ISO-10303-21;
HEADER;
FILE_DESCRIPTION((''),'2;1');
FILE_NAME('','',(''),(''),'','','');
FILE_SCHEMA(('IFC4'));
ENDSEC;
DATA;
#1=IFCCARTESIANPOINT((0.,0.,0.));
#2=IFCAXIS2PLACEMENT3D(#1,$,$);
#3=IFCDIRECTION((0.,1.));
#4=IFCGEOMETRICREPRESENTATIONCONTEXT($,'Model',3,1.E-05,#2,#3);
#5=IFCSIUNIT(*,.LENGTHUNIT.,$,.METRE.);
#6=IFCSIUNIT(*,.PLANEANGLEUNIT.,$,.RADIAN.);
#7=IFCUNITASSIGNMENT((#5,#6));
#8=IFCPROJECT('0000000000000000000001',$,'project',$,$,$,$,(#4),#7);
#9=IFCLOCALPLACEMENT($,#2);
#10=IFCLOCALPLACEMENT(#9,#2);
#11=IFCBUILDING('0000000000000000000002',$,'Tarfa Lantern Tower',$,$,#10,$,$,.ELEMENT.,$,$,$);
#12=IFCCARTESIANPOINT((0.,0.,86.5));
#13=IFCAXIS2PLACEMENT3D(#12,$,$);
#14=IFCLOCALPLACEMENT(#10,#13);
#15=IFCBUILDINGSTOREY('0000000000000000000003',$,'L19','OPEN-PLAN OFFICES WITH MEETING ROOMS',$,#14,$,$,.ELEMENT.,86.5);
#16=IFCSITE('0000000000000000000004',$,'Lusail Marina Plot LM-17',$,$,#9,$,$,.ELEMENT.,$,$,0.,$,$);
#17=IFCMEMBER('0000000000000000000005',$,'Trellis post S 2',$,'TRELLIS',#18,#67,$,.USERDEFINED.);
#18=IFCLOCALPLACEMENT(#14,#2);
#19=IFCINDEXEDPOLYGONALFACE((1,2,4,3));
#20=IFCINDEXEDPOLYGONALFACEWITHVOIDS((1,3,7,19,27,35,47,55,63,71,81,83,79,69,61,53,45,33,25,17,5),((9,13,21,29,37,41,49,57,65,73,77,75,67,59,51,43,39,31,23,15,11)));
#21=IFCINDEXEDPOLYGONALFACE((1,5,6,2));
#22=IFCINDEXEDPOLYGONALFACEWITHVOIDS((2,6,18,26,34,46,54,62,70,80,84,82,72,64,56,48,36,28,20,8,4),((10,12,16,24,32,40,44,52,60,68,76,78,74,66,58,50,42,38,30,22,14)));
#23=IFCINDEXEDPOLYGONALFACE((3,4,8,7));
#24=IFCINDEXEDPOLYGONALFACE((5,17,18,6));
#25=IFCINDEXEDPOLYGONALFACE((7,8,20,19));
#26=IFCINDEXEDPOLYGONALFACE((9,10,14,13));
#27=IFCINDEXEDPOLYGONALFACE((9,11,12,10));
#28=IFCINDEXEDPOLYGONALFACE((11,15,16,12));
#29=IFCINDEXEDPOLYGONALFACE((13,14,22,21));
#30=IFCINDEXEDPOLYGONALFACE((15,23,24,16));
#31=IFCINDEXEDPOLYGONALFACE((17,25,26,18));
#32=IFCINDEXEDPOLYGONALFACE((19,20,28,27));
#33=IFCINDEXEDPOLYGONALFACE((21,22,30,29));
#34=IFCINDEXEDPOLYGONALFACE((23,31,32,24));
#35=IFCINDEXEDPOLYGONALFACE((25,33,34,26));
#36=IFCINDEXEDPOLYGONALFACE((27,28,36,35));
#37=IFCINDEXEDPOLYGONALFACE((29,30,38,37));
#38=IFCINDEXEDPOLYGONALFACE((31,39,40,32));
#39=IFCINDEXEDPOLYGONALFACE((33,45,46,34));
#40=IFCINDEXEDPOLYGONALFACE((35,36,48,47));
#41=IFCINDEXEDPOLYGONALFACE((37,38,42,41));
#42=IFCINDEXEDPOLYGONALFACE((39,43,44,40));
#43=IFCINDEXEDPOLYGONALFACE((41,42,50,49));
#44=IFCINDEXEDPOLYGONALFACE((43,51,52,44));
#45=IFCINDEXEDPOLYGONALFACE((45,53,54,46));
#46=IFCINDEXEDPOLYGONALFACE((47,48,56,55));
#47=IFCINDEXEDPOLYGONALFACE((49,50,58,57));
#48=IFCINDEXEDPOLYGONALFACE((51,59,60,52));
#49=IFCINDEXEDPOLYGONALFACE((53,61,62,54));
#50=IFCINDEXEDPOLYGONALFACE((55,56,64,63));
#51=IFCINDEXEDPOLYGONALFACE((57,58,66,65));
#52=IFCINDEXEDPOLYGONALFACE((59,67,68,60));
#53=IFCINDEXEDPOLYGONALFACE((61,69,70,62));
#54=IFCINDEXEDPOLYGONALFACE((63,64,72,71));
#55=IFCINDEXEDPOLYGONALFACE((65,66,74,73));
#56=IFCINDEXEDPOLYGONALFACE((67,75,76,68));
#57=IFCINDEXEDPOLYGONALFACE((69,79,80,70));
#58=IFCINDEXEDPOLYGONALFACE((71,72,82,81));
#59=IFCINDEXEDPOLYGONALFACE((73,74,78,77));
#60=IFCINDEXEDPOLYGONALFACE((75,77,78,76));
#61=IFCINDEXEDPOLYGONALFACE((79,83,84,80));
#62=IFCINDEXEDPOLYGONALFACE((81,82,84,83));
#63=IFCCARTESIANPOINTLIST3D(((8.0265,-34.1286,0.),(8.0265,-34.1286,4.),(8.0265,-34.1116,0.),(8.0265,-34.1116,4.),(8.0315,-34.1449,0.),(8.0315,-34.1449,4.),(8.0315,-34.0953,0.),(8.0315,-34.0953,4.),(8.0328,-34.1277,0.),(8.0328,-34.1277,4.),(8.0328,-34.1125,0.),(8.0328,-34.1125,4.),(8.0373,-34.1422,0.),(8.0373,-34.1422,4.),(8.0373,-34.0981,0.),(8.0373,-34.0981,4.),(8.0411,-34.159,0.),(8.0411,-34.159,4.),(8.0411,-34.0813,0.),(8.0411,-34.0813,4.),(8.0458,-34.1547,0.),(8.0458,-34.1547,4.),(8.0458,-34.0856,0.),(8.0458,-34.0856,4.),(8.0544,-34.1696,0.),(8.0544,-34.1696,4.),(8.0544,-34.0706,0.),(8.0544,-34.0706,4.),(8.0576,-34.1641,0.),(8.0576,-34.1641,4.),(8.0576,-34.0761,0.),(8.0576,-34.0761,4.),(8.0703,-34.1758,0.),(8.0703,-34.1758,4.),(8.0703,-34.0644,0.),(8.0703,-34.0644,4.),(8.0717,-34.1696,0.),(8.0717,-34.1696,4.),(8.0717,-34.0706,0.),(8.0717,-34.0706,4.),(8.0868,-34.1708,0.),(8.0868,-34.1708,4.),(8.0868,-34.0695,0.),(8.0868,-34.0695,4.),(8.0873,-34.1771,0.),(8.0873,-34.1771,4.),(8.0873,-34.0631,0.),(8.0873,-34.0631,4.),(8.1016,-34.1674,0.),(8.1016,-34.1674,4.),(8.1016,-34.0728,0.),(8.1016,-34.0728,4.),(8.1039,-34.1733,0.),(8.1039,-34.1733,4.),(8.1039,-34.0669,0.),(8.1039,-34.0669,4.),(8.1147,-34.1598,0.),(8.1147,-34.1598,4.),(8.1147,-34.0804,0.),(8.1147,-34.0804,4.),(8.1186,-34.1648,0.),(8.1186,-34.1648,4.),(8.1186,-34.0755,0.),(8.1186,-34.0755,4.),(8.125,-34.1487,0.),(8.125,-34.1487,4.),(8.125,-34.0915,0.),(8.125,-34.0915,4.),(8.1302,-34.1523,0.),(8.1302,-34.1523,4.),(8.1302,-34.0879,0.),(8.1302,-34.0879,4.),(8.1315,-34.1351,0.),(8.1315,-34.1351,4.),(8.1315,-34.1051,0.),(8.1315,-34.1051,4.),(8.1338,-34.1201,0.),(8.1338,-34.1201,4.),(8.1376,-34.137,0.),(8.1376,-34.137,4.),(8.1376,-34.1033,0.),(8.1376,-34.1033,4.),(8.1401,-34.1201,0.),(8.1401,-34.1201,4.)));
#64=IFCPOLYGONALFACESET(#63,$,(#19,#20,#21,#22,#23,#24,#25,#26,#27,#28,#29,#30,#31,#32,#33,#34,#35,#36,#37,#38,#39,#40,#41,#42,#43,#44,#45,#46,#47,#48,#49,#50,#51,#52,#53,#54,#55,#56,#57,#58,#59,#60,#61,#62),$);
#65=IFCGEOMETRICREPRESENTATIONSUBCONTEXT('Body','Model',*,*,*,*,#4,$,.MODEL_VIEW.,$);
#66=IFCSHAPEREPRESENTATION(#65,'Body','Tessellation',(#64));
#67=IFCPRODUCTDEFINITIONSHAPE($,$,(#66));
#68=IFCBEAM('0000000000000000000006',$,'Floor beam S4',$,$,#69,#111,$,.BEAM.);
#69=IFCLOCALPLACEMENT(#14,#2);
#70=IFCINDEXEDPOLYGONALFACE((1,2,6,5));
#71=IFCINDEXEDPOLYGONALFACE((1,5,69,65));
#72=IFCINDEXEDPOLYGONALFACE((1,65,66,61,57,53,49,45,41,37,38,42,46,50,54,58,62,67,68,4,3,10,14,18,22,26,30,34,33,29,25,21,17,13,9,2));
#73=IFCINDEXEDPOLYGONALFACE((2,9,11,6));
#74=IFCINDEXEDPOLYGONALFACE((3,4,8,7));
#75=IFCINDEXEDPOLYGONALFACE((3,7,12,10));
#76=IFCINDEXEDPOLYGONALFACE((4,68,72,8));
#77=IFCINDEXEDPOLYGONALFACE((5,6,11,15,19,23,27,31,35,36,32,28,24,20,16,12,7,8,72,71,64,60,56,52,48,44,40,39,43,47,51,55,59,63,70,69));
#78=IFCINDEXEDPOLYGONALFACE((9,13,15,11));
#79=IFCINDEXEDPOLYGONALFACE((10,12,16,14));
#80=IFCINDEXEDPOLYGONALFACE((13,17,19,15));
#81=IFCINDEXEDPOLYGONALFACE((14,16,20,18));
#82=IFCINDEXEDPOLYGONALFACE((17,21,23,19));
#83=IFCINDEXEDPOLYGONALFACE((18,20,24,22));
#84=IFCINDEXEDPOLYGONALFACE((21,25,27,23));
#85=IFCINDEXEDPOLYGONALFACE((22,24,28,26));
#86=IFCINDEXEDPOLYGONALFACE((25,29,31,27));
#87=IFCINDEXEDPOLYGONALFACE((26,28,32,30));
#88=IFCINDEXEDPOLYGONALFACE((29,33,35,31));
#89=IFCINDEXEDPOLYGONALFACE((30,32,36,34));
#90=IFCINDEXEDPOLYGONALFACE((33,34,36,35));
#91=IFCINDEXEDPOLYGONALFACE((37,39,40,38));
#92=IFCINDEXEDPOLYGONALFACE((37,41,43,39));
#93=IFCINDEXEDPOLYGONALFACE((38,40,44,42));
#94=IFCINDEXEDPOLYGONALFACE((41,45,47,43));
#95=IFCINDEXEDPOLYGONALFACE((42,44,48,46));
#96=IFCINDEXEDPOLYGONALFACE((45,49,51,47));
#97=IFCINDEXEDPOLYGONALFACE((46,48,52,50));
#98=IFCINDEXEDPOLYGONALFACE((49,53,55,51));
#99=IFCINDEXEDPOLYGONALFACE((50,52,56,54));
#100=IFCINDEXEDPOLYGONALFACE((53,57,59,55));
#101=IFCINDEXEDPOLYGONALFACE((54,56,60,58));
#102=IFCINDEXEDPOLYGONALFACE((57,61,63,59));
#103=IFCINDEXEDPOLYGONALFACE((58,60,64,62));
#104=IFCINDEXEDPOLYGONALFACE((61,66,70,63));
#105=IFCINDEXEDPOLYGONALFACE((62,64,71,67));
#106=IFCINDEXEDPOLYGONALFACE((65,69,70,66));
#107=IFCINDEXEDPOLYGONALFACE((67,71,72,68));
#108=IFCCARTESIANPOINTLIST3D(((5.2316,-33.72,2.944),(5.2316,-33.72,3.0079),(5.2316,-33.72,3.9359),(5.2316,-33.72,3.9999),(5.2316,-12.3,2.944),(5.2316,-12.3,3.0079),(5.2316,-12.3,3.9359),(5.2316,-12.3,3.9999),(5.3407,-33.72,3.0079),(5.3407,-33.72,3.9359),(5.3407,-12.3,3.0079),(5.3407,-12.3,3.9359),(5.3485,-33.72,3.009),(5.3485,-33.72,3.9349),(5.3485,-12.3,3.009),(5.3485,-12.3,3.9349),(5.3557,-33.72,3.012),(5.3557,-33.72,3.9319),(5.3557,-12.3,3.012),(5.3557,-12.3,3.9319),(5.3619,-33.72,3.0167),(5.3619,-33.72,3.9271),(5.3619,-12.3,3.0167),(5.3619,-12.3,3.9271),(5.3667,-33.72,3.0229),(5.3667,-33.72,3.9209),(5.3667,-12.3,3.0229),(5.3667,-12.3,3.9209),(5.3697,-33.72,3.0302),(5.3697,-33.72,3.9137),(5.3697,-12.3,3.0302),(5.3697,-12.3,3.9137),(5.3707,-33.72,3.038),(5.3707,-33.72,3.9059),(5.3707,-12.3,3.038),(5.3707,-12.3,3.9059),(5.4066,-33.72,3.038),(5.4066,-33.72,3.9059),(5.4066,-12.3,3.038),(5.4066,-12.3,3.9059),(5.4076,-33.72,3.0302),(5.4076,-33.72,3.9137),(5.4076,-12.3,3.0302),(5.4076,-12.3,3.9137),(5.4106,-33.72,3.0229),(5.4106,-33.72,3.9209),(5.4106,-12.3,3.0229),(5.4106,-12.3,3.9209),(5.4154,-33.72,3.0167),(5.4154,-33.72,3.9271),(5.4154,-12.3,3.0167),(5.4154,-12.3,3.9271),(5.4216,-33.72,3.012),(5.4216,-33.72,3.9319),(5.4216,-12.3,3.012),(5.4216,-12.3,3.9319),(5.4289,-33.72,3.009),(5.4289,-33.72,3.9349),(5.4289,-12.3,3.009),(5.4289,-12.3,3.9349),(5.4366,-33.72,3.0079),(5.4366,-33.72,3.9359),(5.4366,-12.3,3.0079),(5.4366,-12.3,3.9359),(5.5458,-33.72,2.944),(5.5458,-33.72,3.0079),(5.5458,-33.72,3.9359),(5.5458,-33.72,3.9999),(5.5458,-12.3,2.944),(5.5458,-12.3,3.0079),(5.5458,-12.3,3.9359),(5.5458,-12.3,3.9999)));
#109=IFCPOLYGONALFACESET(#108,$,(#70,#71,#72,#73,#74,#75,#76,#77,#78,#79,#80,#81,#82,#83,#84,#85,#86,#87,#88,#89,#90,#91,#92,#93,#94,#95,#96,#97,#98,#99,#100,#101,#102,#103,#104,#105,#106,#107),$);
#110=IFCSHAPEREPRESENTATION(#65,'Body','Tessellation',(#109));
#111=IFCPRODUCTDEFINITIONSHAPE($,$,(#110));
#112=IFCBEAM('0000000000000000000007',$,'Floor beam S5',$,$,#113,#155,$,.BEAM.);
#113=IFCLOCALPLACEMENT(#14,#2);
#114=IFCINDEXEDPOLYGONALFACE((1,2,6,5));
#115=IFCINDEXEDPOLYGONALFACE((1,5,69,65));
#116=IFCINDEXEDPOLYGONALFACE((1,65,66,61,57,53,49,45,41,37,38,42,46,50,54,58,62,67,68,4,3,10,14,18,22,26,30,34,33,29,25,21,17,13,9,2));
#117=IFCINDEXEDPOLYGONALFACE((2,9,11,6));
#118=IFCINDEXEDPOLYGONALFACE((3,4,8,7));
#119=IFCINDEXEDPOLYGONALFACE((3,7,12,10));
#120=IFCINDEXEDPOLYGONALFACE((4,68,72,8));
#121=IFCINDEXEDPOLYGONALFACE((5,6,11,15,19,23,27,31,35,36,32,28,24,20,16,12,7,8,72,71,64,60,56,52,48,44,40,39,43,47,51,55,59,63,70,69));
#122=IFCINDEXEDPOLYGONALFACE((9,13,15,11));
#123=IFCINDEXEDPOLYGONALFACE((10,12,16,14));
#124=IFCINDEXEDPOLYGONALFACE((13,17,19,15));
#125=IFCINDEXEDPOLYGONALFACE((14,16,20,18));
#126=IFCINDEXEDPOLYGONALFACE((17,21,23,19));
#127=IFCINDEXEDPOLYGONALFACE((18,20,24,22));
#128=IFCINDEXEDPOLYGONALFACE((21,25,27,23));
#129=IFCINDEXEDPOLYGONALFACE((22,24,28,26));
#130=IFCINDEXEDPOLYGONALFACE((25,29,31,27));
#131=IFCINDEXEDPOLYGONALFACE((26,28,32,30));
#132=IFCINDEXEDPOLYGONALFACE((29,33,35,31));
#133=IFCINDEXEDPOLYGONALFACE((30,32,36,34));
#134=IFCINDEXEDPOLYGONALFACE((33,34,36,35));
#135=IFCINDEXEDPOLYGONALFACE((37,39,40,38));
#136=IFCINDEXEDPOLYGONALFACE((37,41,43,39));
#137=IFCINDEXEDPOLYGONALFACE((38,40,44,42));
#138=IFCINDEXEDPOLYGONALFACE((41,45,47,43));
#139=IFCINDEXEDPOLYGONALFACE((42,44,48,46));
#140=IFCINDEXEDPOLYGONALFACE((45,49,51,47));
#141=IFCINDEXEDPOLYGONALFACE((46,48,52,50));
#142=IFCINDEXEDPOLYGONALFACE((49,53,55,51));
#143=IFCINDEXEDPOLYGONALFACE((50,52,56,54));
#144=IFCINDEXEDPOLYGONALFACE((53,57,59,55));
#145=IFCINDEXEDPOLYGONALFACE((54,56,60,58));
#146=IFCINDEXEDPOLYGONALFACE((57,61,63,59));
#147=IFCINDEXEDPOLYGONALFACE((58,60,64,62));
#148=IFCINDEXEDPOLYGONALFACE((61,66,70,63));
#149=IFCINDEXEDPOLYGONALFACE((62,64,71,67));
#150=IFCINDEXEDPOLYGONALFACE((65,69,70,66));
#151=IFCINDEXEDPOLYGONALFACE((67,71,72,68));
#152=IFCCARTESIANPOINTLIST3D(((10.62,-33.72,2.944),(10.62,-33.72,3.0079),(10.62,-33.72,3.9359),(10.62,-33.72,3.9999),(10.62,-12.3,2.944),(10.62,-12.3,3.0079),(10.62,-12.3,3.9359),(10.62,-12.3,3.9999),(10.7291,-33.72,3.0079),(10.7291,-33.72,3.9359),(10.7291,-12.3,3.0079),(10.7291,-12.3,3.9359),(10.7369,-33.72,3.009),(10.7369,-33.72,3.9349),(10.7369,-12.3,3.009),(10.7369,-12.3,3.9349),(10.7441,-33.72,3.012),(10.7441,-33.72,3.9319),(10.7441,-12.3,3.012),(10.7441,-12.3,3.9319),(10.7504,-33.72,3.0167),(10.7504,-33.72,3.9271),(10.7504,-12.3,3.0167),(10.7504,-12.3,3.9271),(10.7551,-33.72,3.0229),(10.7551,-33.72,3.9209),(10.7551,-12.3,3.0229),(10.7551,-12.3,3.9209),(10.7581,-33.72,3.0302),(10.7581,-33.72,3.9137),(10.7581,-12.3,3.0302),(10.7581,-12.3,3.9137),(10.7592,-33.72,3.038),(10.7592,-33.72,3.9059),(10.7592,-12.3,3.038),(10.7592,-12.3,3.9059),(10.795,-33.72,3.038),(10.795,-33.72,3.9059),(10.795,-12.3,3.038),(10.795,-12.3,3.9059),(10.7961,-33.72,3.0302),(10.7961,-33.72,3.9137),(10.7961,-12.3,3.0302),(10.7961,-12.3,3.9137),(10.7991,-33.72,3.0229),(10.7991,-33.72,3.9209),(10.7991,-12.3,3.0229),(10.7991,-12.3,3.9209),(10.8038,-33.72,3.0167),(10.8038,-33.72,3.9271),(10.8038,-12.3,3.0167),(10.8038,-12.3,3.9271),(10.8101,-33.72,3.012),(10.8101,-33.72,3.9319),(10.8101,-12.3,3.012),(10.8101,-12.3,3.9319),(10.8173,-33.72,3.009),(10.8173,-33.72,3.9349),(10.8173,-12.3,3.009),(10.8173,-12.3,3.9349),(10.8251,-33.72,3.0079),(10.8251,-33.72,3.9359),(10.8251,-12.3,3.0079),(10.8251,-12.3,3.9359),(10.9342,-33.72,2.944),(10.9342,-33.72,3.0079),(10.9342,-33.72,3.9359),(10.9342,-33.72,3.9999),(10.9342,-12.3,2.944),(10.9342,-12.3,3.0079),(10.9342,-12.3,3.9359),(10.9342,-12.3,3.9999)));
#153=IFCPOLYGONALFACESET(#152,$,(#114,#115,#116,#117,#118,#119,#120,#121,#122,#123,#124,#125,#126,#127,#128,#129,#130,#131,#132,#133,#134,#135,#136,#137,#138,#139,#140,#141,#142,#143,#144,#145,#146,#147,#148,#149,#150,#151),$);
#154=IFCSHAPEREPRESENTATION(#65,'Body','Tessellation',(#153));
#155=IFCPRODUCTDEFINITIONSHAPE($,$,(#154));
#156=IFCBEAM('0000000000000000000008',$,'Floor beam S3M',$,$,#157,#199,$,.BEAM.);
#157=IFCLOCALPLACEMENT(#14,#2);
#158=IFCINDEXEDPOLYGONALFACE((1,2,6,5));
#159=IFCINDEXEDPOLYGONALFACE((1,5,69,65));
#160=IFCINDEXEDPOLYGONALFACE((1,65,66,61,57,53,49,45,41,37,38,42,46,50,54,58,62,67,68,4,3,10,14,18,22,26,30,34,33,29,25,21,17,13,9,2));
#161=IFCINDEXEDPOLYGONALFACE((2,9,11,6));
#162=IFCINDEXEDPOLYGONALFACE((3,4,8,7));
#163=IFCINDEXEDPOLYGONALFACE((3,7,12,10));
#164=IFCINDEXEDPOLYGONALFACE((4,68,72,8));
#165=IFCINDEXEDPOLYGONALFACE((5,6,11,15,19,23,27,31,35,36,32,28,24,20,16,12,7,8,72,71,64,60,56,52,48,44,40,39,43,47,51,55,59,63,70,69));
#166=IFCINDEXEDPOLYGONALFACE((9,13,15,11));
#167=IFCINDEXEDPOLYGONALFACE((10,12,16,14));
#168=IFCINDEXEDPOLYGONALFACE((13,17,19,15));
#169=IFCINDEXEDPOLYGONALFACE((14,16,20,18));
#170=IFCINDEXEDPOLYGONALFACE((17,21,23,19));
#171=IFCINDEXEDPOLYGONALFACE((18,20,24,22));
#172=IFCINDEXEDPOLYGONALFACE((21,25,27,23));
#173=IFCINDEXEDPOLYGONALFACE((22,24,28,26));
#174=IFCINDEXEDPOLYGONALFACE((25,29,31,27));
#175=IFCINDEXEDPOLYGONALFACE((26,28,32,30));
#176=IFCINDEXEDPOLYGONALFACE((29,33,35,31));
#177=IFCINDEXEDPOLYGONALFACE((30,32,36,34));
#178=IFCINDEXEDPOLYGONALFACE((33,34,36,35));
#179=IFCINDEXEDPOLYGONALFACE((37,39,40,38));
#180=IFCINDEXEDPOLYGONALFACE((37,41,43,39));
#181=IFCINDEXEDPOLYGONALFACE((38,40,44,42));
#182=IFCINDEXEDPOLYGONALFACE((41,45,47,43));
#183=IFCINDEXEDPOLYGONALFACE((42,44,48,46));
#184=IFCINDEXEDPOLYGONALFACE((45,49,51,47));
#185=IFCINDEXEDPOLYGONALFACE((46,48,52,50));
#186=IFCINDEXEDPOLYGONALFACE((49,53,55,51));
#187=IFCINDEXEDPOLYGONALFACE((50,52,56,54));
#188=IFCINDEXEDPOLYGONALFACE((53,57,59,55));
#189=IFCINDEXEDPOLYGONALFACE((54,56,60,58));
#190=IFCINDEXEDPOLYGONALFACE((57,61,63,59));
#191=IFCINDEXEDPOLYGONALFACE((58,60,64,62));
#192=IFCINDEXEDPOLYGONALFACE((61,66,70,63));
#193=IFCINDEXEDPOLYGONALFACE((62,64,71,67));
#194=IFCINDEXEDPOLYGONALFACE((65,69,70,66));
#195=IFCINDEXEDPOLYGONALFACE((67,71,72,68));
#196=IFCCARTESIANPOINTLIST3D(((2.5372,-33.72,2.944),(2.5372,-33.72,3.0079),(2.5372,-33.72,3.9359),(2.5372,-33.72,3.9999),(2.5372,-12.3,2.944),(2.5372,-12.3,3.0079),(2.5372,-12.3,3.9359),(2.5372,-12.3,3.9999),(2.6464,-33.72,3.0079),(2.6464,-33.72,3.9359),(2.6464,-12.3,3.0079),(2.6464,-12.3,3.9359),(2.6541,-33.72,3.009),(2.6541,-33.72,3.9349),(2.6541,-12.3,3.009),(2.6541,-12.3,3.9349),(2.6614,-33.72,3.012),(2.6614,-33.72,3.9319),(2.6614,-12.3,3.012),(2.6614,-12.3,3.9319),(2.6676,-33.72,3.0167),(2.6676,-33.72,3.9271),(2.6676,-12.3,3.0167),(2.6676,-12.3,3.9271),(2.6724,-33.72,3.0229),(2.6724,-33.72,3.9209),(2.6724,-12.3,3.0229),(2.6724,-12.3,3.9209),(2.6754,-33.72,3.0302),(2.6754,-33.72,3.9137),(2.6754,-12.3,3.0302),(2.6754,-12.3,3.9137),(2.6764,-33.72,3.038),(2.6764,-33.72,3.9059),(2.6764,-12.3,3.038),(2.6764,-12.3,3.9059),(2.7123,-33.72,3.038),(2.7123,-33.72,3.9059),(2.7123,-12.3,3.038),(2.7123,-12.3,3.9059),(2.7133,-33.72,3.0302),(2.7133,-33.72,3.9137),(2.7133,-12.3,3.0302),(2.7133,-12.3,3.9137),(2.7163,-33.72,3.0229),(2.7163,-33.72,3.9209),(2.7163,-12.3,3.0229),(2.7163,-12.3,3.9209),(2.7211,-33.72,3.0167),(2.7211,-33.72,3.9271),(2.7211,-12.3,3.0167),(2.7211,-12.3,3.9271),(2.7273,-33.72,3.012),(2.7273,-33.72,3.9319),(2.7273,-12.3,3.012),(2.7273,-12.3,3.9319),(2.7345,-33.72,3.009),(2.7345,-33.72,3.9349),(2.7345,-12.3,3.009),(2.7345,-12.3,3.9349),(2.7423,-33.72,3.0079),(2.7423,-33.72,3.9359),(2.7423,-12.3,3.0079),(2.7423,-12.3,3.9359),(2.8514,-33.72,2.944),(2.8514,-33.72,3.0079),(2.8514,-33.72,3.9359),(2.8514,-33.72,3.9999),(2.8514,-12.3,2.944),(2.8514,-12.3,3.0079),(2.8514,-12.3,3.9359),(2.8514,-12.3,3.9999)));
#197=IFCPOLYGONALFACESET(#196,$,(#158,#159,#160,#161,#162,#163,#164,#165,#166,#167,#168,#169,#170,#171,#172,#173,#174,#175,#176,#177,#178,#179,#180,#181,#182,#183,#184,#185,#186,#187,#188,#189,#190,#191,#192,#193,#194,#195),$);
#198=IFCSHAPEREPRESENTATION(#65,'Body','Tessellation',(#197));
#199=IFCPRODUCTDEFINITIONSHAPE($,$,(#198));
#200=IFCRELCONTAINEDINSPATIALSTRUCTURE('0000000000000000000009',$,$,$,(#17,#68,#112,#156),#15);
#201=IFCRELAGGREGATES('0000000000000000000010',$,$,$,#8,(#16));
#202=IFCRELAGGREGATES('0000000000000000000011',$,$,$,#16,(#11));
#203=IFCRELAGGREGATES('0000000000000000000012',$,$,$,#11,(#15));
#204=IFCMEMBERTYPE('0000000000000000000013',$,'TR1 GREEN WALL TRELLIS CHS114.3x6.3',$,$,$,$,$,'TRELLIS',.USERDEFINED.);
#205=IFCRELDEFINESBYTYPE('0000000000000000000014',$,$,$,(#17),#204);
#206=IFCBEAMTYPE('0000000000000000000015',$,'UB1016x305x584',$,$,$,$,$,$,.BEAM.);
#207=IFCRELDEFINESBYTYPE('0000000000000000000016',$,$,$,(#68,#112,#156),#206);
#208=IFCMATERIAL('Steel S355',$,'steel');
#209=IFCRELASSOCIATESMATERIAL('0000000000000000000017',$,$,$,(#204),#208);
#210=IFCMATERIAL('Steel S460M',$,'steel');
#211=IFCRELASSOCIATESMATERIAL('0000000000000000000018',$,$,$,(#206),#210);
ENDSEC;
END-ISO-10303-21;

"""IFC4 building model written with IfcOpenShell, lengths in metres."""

from ifc_helpers import new_model, si_unit, direction, frame, origin, origin_2d, place, context, subcontext, project, spatial, hollow_circle, i_section, extrude, material, material_profile, profile_set, type_object, element, save


model = new_model("IFC4")

# Units and contexts
model_context = context("Model", 3, precision=1e-05, world=origin(), true_north=direction((0.0, 1.0)))
body_context = subcontext(model_context, "Body", "Model", "MODEL_VIEW")
ifc_project = project(units=[si_unit("LENGTHUNIT", "METRE"), si_unit("PLANEANGLEUNIT", "RADIAN")], contexts=[model_context])

# Site, building, storey
site_placement = place(None, origin())
site = spatial("IfcSite", under=ifc_project, at=site_placement, Name="Lusail Marina Plot LM-17", CompositionType="ELEMENT", RefElevation=0.0)
building_placement = place(site_placement, origin())
building = spatial("IfcBuilding", under=site, at=building_placement, Name="Tarfa Lantern Tower", CompositionType="ELEMENT")
storey_placement = place(building_placement, frame((0.0, 0.0, 86.5)))
storey = spatial("IfcBuildingStorey", under=building, at=storey_placement, Name="L19", Description="OPEN-PLAN OFFICES WITH MEETING ROOMS", CompositionType="ELEMENT", Elevation=86.5)

# Member
ifc_material_1 = material(Name="Steel S355", Category="steel")
ifc_material_profile_1 = material_profile(ifc_material_1, hollow_circle(Radius=0.0571, WallThickness=0.0063, at=origin_2d()), Name="CHS114.3x6.3")
ifc_profile_set_1 = profile_set([ifc_material_profile_1], Name="Steel S355")
member_type_1 = type_object("IfcMemberType", Name="TR1 GREEN WALL TRELLIS CHS114.3x6.3", ElementType="TRELLIS", PredefinedType="USERDEFINED", material=ifc_profile_set_1)
member_1_placement = place(storey_placement, frame((8.083, -34.1201, 0.0), z_axis=(0.0, 0.0, 1.0), x_axis=(1.0, 0.0, 0.0)))
element("IfcMember", 1, at=member_1_placement, inside=storey, type_object=member_type_1, Name="Trellis post S 2", ObjectType="TRELLIS", PredefinedType="USERDEFINED", context=body_context, shape_type="SweptSolid", body=[
    extrude(hollow_circle(Radius=0.0571, WallThickness=0.0063, at=origin_2d()), origin(), (0.0, 0.0, 1.0), 4.0),
])

# Beams
ifc_material_2 = material(Name="Steel S460M", Category="steel")
ifc_material_profile_2 = material_profile(ifc_material_2, i_section(OverallWidth=0.3142, OverallDepth=1.0559, WebThickness=0.0359, FlangeThickness=0.064, FilletRadius=0.03, at=origin_2d()), Name="UB1016x305x584")
ifc_profile_set_2 = profile_set([ifc_material_profile_2], Name="Steel S460M")
beam_type_1 = type_object("IfcBeamType", Name="UB1016x305x584", PredefinedType="BEAM", material=ifc_profile_set_2)
for number, where, z_axis, x_axis, name in (
    (2, (5.3887, -33.72, 3.4719), (0.0, 1.0, 0.0), (-1.0, 0.0, 0.0), "Floor beam S4"),
    (3, (10.7771, -33.72, 3.4719), (0.0, 1.0, 0.0), (-1.0, 0.0, 0.0), "Floor beam S5"),
    (4, (2.6943, -33.72, 3.4719), (0.0, 1.0, 0.0), (-1.0, 0.0, 0.0), "Floor beam S3M"),
):
    element("IfcBeam", number, at=place(storey_placement, frame(where, z_axis=z_axis, x_axis=x_axis)), inside=storey, type_object=beam_type_1, Name=name, PredefinedType="BEAM", context=body_context, shape_type="SweptSolid", body=[
        extrude(i_section(OverallWidth=0.3142, OverallDepth=1.0559, WebThickness=0.0359, FlangeThickness=0.064, FilletRadius=0.03, at=origin_2d()), origin(), (0.0, 0.0, 1.0), 21.4199),
    ])

save(model, "model.ifc")
